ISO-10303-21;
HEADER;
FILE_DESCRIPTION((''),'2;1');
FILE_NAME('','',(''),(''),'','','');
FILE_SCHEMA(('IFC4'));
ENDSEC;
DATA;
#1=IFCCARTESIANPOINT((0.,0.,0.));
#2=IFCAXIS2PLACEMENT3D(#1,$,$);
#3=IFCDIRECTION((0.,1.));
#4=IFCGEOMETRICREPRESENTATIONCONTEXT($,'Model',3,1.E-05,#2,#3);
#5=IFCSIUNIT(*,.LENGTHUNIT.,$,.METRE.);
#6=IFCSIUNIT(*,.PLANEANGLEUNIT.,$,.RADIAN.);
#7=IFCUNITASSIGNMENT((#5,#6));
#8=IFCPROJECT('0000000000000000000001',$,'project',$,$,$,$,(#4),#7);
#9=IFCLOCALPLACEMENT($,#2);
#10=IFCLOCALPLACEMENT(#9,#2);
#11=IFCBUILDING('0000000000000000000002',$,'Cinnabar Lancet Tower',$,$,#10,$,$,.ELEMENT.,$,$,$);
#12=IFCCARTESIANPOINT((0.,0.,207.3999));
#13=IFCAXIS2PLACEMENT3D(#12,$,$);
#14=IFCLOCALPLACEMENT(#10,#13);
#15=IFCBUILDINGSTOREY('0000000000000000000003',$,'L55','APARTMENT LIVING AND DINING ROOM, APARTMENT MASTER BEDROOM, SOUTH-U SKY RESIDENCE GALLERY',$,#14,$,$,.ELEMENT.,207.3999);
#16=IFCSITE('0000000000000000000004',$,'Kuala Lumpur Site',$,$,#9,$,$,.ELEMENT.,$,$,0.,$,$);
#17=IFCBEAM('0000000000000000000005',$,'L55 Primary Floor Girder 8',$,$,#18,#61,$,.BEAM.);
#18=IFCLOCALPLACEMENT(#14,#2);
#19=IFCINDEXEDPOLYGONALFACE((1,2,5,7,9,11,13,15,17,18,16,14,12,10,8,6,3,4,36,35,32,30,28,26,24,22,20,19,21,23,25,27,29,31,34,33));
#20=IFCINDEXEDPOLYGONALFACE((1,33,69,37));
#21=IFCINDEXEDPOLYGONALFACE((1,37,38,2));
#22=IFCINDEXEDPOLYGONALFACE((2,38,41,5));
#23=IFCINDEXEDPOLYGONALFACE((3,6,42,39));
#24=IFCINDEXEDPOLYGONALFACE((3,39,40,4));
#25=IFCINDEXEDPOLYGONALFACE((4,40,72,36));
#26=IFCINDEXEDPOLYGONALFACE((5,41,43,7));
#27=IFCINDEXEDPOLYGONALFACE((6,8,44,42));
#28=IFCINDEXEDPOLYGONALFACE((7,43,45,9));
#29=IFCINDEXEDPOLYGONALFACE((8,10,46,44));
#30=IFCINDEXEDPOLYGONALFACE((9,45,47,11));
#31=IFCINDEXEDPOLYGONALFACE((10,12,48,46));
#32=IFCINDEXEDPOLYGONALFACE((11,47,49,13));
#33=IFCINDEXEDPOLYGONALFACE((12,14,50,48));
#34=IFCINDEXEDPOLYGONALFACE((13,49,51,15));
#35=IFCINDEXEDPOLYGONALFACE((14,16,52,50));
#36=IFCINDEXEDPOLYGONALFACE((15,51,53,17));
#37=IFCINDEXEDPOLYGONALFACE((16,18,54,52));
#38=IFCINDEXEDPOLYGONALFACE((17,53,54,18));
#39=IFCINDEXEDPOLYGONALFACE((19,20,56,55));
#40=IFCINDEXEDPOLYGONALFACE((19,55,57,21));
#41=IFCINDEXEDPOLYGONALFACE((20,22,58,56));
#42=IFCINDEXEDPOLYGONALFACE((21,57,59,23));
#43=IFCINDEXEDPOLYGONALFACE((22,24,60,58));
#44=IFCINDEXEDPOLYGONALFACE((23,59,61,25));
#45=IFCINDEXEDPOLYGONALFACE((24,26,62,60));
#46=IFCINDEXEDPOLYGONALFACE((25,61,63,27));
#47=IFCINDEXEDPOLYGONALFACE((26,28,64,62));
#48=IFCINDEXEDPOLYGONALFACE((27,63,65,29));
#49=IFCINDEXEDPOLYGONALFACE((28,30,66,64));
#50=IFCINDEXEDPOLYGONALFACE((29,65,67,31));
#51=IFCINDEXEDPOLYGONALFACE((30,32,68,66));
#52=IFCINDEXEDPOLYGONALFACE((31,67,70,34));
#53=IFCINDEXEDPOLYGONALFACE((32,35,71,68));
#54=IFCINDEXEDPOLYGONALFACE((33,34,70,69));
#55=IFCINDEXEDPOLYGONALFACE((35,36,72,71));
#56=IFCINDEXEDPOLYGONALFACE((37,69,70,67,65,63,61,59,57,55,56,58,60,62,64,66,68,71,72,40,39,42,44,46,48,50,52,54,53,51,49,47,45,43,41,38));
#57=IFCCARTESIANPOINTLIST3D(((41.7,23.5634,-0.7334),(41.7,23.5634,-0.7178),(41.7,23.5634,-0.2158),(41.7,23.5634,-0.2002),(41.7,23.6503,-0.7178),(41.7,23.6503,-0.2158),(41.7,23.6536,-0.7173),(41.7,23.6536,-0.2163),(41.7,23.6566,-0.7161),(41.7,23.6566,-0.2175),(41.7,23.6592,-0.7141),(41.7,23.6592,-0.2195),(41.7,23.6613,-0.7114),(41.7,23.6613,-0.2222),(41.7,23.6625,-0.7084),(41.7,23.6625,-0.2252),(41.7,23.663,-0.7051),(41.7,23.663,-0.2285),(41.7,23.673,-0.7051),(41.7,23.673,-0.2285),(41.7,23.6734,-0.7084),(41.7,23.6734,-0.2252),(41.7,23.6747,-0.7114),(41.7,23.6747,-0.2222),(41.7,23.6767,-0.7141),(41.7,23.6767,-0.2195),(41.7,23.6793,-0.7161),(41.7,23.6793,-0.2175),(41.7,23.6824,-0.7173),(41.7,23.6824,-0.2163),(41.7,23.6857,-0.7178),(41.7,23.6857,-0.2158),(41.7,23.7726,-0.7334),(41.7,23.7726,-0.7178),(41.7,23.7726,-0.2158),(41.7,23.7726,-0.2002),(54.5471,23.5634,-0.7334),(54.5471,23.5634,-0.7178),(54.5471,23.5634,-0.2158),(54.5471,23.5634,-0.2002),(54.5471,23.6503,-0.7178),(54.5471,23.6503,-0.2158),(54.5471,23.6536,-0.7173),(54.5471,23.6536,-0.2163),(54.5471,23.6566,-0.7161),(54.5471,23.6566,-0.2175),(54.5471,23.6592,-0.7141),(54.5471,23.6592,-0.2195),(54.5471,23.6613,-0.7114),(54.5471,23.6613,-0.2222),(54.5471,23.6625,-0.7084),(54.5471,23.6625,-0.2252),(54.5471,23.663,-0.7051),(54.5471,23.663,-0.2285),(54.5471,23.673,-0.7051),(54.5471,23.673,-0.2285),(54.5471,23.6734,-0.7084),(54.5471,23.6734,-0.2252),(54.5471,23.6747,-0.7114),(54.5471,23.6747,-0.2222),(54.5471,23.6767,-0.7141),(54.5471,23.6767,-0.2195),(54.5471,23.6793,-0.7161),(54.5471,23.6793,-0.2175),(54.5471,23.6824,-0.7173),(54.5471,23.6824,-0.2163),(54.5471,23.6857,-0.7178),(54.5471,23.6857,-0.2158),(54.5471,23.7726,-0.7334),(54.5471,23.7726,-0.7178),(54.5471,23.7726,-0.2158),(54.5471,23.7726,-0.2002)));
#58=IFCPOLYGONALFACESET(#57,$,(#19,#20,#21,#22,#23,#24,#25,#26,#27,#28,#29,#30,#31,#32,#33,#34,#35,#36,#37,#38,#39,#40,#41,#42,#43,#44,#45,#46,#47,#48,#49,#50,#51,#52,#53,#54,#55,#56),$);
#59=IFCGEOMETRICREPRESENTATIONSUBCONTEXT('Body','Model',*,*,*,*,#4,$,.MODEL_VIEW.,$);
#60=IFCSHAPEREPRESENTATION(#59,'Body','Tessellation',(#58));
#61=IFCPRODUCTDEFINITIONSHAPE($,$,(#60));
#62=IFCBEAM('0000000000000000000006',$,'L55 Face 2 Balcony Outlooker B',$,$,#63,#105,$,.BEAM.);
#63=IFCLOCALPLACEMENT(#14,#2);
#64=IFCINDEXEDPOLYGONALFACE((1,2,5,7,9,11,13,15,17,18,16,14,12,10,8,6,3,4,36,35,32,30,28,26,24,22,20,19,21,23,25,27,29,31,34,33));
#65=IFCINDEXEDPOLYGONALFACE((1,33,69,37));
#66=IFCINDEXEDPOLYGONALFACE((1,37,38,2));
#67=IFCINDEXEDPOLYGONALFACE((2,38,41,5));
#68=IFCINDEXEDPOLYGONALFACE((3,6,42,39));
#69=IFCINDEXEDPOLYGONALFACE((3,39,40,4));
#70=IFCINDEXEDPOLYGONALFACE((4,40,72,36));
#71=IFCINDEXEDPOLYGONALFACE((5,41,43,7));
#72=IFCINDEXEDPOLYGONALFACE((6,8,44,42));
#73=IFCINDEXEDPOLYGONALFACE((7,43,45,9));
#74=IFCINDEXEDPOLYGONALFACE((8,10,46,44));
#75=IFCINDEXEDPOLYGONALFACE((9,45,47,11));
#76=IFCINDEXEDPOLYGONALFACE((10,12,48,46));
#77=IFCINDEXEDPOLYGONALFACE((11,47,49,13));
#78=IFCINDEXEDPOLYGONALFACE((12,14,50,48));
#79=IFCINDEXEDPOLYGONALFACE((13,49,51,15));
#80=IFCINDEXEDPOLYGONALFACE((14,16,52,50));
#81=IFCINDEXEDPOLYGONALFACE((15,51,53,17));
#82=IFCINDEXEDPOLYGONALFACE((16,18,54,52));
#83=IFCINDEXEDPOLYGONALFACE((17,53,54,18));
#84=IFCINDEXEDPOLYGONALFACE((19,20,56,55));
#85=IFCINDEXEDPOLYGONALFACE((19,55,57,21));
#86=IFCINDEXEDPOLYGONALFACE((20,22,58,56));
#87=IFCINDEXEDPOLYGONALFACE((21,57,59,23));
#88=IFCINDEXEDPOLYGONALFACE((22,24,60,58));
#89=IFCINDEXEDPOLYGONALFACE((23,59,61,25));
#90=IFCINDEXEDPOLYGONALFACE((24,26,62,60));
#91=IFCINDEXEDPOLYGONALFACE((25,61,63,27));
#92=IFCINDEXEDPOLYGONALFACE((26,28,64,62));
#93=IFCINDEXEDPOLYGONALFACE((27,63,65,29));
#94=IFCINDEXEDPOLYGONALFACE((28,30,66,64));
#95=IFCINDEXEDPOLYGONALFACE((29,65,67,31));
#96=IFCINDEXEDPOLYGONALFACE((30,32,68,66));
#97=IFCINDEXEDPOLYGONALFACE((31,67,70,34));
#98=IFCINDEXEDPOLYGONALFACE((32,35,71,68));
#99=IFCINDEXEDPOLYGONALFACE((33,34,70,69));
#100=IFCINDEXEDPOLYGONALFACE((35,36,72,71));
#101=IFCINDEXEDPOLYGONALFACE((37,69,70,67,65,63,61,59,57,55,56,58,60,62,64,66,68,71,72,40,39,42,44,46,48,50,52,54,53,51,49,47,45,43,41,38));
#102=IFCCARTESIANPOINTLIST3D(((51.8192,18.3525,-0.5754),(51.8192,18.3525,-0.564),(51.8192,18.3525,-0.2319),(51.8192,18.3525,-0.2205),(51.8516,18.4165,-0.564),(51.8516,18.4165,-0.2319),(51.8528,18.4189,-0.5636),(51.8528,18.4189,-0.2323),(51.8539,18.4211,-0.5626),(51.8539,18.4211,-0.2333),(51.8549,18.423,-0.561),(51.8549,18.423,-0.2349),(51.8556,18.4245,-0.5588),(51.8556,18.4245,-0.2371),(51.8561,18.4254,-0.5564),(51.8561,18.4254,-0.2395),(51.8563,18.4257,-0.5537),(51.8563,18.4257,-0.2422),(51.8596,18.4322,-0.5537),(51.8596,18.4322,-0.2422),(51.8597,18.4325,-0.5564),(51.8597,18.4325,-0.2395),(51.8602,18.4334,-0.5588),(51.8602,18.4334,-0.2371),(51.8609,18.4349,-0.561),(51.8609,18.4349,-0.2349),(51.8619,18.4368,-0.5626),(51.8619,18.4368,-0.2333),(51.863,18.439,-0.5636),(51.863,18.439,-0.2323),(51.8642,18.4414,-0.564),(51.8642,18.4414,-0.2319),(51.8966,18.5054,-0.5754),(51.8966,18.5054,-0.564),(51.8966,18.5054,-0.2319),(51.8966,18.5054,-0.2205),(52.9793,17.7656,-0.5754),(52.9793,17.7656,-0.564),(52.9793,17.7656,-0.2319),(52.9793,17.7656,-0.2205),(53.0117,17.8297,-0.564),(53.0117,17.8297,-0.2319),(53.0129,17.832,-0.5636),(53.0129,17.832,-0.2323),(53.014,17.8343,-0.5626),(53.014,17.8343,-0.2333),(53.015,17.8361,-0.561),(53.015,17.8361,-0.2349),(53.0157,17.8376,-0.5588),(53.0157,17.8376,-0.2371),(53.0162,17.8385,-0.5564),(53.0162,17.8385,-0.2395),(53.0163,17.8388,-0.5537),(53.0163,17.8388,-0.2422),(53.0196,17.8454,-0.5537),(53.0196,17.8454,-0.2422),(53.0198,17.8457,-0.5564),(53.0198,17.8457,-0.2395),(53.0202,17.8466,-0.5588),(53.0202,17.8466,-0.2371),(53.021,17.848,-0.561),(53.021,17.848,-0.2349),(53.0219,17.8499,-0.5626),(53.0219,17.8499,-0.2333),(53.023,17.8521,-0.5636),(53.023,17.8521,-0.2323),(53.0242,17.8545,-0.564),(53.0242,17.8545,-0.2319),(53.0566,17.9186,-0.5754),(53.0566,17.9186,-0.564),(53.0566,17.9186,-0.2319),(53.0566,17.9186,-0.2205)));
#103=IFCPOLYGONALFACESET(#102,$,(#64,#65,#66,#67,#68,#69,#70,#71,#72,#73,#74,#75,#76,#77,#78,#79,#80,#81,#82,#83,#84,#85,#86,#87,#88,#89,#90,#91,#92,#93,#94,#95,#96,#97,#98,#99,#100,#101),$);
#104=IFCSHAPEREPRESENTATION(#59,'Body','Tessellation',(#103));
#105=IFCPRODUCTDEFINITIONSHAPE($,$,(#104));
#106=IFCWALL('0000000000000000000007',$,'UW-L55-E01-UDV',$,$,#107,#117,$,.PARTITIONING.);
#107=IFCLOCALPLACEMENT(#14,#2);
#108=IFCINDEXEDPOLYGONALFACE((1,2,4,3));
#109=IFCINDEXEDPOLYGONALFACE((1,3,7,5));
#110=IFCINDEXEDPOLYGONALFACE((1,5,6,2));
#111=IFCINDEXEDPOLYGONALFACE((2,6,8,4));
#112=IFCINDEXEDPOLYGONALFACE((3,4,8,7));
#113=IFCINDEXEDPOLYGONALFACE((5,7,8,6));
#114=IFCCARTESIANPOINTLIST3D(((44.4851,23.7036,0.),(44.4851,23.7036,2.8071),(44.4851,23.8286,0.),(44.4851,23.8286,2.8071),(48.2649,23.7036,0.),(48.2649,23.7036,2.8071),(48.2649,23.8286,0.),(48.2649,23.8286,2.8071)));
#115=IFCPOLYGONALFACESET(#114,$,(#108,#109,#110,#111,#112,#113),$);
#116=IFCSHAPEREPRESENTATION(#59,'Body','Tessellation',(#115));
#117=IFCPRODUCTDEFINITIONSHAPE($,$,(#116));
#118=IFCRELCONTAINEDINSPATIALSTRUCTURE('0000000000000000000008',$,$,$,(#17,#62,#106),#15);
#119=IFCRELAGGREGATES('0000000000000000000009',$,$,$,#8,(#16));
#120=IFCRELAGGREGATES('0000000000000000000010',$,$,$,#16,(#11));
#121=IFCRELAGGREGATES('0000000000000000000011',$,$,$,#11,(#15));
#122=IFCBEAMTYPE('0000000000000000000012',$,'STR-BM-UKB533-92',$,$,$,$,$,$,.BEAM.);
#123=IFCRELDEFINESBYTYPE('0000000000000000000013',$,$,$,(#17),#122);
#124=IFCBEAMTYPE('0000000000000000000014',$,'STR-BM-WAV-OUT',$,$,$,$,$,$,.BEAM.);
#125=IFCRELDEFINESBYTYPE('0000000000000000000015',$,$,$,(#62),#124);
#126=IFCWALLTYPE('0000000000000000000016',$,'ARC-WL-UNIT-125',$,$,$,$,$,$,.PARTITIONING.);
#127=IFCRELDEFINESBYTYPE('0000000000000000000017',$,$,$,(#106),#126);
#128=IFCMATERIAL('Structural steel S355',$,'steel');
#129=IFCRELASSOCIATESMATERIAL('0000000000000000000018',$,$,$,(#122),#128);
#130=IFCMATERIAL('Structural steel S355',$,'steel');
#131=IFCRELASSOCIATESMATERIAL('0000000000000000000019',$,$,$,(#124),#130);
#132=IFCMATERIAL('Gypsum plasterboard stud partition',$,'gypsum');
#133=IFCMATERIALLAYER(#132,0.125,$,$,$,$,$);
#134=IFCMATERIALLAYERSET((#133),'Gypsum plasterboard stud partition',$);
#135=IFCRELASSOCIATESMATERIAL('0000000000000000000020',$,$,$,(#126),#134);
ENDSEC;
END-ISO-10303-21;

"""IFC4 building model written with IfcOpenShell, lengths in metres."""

from ifc_helpers import new_model, si_unit, direction, frame, frame_2d, origin, origin_2d, place, context, subcontext, project, spatial, rectangle, i_section, extrude, material, layer, layer_set, material_profile, profile_set, type_object, element, save


model = new_model("IFC4")

# Units and contexts
model_context = context("Model", 3, precision=1e-05, world=origin(), true_north=direction((0.0, 1.0)))
body_context = subcontext(model_context, "Body", "Model", "MODEL_VIEW")
ifc_project = project(units=[si_unit("LENGTHUNIT", "METRE"), si_unit("PLANEANGLEUNIT", "RADIAN")], contexts=[model_context])

# Site, building, storey
site_placement = place(None, origin())
site = spatial("IfcSite", under=ifc_project, at=site_placement, Name="Kuala Lumpur Site", CompositionType="ELEMENT", RefElevation=0.0)
building_placement = place(site_placement, origin())
building = spatial("IfcBuilding", under=site, at=building_placement, Name="Cinnabar Lancet Tower", CompositionType="ELEMENT")
storey_placement = place(building_placement, frame((0.0, 0.0, 207.3999)))
storey = spatial("IfcBuildingStorey", under=building, at=storey_placement, Name="L55", Description="APARTMENT LIVING AND DINING ROOM, APARTMENT MASTER BEDROOM, SOUTH-U SKY RESIDENCE GALLERY", CompositionType="ELEMENT", Elevation=207.3999)

# Beams
ifc_material_1 = material(Name="Structural steel S355", Category="steel")
ifc_material_profile_1 = material_profile(ifc_material_1, i_section(OverallWidth=0.2092, OverallDepth=0.5332, WebThickness=0.01, FlangeThickness=0.0156, FilletRadius=0.0127, at=origin_2d()), Name="UKB 533x210x92")
ifc_profile_set_1 = profile_set([ifc_material_profile_1], Name="Structural steel S355")
beam_type_1 = type_object("IfcBeamType", Name="STR-BM-UKB533-92", PredefinedType="BEAM", material=ifc_profile_set_1)
beam_1_placement = place(storey_placement, frame((54.5471, 23.668, -0.4668), z_axis=(-1.0, 0.0, 0.0), x_axis=(0.0, -1.0, 0.0)))
element("IfcBeam", 1, at=beam_1_placement, inside=storey, type_object=beam_type_1, Name="L55 Primary Floor Girder 8", PredefinedType="BEAM", context=body_context, shape_type="SweptSolid", body=[
    extrude(i_section(OverallWidth=0.2092, OverallDepth=0.5332, WebThickness=0.01, FlangeThickness=0.0156, FilletRadius=0.0127, at=origin_2d()), origin(), (0.0, 0.0, 1.0), 12.8472),
])
ifc_material_2 = material(Name="Structural steel S355", Category="steel")
ifc_material_profile_2 = material_profile(ifc_material_2, i_section(OverallWidth=0.1714, OverallDepth=0.355, WebThickness=0.0073, FlangeThickness=0.0115, FilletRadius=0.0103, at=origin_2d()), Name="UKB 356x171x51")
ifc_profile_set_2 = profile_set([ifc_material_profile_2], Name="Structural steel S355")
beam_type_2 = type_object("IfcBeamType", Name="STR-BM-WAV-OUT", PredefinedType="BEAM", material=ifc_profile_set_2)
beam_2_placement = place(storey_placement, frame((51.8579, 18.429, -0.3979), z_axis=(0.892314, -0.451415, 0.0), x_axis=(0.451415, 0.892314, 0.0)))
element("IfcBeam", 2, at=beam_2_placement, inside=storey, type_object=beam_type_2, Name="L55 Face 2 Balcony Outlooker B", PredefinedType="BEAM", context=body_context, shape_type="SweptSolid", body=[
    extrude(i_section(OverallWidth=0.1714, OverallDepth=0.355, WebThickness=0.0073, FlangeThickness=0.0115, FilletRadius=0.0103, at=origin_2d()), origin(), (0.0, 0.0, 1.0), 1.3),
])

# Wall
ifc_material_3 = material(Name="Gypsum plasterboard stud partition", Category="gypsum")
ifc_layer_1 = layer(ifc_material_3, 0.125)
ifc_layer_set_1 = layer_set([ifc_layer_1], Name="Gypsum plasterboard stud partition")
wall_type_1 = type_object("IfcWallType", Name="ARC-WL-UNIT-125", PredefinedType="PARTITIONING", material=ifc_layer_set_1)
wall_1_placement = place(storey_placement, frame((44.4851, 23.7661, 0.0), z_axis=(0.0, 0.0, 1.0), x_axis=(1.0, 0.0, 0.0)))
element("IfcWall", 3, at=wall_1_placement, inside=storey, type_object=wall_type_1, Name="UW-L55-E01-UDV", PredefinedType="PARTITIONING", context=body_context, shape_type="SweptSolid", body=[
    extrude(rectangle(XDim=3.7798, YDim=0.125, at=frame_2d((1.8899, 0.0))), origin(), (0.0, 0.0, 1.0), 2.8071),
])

save(model, "model.ifc")
